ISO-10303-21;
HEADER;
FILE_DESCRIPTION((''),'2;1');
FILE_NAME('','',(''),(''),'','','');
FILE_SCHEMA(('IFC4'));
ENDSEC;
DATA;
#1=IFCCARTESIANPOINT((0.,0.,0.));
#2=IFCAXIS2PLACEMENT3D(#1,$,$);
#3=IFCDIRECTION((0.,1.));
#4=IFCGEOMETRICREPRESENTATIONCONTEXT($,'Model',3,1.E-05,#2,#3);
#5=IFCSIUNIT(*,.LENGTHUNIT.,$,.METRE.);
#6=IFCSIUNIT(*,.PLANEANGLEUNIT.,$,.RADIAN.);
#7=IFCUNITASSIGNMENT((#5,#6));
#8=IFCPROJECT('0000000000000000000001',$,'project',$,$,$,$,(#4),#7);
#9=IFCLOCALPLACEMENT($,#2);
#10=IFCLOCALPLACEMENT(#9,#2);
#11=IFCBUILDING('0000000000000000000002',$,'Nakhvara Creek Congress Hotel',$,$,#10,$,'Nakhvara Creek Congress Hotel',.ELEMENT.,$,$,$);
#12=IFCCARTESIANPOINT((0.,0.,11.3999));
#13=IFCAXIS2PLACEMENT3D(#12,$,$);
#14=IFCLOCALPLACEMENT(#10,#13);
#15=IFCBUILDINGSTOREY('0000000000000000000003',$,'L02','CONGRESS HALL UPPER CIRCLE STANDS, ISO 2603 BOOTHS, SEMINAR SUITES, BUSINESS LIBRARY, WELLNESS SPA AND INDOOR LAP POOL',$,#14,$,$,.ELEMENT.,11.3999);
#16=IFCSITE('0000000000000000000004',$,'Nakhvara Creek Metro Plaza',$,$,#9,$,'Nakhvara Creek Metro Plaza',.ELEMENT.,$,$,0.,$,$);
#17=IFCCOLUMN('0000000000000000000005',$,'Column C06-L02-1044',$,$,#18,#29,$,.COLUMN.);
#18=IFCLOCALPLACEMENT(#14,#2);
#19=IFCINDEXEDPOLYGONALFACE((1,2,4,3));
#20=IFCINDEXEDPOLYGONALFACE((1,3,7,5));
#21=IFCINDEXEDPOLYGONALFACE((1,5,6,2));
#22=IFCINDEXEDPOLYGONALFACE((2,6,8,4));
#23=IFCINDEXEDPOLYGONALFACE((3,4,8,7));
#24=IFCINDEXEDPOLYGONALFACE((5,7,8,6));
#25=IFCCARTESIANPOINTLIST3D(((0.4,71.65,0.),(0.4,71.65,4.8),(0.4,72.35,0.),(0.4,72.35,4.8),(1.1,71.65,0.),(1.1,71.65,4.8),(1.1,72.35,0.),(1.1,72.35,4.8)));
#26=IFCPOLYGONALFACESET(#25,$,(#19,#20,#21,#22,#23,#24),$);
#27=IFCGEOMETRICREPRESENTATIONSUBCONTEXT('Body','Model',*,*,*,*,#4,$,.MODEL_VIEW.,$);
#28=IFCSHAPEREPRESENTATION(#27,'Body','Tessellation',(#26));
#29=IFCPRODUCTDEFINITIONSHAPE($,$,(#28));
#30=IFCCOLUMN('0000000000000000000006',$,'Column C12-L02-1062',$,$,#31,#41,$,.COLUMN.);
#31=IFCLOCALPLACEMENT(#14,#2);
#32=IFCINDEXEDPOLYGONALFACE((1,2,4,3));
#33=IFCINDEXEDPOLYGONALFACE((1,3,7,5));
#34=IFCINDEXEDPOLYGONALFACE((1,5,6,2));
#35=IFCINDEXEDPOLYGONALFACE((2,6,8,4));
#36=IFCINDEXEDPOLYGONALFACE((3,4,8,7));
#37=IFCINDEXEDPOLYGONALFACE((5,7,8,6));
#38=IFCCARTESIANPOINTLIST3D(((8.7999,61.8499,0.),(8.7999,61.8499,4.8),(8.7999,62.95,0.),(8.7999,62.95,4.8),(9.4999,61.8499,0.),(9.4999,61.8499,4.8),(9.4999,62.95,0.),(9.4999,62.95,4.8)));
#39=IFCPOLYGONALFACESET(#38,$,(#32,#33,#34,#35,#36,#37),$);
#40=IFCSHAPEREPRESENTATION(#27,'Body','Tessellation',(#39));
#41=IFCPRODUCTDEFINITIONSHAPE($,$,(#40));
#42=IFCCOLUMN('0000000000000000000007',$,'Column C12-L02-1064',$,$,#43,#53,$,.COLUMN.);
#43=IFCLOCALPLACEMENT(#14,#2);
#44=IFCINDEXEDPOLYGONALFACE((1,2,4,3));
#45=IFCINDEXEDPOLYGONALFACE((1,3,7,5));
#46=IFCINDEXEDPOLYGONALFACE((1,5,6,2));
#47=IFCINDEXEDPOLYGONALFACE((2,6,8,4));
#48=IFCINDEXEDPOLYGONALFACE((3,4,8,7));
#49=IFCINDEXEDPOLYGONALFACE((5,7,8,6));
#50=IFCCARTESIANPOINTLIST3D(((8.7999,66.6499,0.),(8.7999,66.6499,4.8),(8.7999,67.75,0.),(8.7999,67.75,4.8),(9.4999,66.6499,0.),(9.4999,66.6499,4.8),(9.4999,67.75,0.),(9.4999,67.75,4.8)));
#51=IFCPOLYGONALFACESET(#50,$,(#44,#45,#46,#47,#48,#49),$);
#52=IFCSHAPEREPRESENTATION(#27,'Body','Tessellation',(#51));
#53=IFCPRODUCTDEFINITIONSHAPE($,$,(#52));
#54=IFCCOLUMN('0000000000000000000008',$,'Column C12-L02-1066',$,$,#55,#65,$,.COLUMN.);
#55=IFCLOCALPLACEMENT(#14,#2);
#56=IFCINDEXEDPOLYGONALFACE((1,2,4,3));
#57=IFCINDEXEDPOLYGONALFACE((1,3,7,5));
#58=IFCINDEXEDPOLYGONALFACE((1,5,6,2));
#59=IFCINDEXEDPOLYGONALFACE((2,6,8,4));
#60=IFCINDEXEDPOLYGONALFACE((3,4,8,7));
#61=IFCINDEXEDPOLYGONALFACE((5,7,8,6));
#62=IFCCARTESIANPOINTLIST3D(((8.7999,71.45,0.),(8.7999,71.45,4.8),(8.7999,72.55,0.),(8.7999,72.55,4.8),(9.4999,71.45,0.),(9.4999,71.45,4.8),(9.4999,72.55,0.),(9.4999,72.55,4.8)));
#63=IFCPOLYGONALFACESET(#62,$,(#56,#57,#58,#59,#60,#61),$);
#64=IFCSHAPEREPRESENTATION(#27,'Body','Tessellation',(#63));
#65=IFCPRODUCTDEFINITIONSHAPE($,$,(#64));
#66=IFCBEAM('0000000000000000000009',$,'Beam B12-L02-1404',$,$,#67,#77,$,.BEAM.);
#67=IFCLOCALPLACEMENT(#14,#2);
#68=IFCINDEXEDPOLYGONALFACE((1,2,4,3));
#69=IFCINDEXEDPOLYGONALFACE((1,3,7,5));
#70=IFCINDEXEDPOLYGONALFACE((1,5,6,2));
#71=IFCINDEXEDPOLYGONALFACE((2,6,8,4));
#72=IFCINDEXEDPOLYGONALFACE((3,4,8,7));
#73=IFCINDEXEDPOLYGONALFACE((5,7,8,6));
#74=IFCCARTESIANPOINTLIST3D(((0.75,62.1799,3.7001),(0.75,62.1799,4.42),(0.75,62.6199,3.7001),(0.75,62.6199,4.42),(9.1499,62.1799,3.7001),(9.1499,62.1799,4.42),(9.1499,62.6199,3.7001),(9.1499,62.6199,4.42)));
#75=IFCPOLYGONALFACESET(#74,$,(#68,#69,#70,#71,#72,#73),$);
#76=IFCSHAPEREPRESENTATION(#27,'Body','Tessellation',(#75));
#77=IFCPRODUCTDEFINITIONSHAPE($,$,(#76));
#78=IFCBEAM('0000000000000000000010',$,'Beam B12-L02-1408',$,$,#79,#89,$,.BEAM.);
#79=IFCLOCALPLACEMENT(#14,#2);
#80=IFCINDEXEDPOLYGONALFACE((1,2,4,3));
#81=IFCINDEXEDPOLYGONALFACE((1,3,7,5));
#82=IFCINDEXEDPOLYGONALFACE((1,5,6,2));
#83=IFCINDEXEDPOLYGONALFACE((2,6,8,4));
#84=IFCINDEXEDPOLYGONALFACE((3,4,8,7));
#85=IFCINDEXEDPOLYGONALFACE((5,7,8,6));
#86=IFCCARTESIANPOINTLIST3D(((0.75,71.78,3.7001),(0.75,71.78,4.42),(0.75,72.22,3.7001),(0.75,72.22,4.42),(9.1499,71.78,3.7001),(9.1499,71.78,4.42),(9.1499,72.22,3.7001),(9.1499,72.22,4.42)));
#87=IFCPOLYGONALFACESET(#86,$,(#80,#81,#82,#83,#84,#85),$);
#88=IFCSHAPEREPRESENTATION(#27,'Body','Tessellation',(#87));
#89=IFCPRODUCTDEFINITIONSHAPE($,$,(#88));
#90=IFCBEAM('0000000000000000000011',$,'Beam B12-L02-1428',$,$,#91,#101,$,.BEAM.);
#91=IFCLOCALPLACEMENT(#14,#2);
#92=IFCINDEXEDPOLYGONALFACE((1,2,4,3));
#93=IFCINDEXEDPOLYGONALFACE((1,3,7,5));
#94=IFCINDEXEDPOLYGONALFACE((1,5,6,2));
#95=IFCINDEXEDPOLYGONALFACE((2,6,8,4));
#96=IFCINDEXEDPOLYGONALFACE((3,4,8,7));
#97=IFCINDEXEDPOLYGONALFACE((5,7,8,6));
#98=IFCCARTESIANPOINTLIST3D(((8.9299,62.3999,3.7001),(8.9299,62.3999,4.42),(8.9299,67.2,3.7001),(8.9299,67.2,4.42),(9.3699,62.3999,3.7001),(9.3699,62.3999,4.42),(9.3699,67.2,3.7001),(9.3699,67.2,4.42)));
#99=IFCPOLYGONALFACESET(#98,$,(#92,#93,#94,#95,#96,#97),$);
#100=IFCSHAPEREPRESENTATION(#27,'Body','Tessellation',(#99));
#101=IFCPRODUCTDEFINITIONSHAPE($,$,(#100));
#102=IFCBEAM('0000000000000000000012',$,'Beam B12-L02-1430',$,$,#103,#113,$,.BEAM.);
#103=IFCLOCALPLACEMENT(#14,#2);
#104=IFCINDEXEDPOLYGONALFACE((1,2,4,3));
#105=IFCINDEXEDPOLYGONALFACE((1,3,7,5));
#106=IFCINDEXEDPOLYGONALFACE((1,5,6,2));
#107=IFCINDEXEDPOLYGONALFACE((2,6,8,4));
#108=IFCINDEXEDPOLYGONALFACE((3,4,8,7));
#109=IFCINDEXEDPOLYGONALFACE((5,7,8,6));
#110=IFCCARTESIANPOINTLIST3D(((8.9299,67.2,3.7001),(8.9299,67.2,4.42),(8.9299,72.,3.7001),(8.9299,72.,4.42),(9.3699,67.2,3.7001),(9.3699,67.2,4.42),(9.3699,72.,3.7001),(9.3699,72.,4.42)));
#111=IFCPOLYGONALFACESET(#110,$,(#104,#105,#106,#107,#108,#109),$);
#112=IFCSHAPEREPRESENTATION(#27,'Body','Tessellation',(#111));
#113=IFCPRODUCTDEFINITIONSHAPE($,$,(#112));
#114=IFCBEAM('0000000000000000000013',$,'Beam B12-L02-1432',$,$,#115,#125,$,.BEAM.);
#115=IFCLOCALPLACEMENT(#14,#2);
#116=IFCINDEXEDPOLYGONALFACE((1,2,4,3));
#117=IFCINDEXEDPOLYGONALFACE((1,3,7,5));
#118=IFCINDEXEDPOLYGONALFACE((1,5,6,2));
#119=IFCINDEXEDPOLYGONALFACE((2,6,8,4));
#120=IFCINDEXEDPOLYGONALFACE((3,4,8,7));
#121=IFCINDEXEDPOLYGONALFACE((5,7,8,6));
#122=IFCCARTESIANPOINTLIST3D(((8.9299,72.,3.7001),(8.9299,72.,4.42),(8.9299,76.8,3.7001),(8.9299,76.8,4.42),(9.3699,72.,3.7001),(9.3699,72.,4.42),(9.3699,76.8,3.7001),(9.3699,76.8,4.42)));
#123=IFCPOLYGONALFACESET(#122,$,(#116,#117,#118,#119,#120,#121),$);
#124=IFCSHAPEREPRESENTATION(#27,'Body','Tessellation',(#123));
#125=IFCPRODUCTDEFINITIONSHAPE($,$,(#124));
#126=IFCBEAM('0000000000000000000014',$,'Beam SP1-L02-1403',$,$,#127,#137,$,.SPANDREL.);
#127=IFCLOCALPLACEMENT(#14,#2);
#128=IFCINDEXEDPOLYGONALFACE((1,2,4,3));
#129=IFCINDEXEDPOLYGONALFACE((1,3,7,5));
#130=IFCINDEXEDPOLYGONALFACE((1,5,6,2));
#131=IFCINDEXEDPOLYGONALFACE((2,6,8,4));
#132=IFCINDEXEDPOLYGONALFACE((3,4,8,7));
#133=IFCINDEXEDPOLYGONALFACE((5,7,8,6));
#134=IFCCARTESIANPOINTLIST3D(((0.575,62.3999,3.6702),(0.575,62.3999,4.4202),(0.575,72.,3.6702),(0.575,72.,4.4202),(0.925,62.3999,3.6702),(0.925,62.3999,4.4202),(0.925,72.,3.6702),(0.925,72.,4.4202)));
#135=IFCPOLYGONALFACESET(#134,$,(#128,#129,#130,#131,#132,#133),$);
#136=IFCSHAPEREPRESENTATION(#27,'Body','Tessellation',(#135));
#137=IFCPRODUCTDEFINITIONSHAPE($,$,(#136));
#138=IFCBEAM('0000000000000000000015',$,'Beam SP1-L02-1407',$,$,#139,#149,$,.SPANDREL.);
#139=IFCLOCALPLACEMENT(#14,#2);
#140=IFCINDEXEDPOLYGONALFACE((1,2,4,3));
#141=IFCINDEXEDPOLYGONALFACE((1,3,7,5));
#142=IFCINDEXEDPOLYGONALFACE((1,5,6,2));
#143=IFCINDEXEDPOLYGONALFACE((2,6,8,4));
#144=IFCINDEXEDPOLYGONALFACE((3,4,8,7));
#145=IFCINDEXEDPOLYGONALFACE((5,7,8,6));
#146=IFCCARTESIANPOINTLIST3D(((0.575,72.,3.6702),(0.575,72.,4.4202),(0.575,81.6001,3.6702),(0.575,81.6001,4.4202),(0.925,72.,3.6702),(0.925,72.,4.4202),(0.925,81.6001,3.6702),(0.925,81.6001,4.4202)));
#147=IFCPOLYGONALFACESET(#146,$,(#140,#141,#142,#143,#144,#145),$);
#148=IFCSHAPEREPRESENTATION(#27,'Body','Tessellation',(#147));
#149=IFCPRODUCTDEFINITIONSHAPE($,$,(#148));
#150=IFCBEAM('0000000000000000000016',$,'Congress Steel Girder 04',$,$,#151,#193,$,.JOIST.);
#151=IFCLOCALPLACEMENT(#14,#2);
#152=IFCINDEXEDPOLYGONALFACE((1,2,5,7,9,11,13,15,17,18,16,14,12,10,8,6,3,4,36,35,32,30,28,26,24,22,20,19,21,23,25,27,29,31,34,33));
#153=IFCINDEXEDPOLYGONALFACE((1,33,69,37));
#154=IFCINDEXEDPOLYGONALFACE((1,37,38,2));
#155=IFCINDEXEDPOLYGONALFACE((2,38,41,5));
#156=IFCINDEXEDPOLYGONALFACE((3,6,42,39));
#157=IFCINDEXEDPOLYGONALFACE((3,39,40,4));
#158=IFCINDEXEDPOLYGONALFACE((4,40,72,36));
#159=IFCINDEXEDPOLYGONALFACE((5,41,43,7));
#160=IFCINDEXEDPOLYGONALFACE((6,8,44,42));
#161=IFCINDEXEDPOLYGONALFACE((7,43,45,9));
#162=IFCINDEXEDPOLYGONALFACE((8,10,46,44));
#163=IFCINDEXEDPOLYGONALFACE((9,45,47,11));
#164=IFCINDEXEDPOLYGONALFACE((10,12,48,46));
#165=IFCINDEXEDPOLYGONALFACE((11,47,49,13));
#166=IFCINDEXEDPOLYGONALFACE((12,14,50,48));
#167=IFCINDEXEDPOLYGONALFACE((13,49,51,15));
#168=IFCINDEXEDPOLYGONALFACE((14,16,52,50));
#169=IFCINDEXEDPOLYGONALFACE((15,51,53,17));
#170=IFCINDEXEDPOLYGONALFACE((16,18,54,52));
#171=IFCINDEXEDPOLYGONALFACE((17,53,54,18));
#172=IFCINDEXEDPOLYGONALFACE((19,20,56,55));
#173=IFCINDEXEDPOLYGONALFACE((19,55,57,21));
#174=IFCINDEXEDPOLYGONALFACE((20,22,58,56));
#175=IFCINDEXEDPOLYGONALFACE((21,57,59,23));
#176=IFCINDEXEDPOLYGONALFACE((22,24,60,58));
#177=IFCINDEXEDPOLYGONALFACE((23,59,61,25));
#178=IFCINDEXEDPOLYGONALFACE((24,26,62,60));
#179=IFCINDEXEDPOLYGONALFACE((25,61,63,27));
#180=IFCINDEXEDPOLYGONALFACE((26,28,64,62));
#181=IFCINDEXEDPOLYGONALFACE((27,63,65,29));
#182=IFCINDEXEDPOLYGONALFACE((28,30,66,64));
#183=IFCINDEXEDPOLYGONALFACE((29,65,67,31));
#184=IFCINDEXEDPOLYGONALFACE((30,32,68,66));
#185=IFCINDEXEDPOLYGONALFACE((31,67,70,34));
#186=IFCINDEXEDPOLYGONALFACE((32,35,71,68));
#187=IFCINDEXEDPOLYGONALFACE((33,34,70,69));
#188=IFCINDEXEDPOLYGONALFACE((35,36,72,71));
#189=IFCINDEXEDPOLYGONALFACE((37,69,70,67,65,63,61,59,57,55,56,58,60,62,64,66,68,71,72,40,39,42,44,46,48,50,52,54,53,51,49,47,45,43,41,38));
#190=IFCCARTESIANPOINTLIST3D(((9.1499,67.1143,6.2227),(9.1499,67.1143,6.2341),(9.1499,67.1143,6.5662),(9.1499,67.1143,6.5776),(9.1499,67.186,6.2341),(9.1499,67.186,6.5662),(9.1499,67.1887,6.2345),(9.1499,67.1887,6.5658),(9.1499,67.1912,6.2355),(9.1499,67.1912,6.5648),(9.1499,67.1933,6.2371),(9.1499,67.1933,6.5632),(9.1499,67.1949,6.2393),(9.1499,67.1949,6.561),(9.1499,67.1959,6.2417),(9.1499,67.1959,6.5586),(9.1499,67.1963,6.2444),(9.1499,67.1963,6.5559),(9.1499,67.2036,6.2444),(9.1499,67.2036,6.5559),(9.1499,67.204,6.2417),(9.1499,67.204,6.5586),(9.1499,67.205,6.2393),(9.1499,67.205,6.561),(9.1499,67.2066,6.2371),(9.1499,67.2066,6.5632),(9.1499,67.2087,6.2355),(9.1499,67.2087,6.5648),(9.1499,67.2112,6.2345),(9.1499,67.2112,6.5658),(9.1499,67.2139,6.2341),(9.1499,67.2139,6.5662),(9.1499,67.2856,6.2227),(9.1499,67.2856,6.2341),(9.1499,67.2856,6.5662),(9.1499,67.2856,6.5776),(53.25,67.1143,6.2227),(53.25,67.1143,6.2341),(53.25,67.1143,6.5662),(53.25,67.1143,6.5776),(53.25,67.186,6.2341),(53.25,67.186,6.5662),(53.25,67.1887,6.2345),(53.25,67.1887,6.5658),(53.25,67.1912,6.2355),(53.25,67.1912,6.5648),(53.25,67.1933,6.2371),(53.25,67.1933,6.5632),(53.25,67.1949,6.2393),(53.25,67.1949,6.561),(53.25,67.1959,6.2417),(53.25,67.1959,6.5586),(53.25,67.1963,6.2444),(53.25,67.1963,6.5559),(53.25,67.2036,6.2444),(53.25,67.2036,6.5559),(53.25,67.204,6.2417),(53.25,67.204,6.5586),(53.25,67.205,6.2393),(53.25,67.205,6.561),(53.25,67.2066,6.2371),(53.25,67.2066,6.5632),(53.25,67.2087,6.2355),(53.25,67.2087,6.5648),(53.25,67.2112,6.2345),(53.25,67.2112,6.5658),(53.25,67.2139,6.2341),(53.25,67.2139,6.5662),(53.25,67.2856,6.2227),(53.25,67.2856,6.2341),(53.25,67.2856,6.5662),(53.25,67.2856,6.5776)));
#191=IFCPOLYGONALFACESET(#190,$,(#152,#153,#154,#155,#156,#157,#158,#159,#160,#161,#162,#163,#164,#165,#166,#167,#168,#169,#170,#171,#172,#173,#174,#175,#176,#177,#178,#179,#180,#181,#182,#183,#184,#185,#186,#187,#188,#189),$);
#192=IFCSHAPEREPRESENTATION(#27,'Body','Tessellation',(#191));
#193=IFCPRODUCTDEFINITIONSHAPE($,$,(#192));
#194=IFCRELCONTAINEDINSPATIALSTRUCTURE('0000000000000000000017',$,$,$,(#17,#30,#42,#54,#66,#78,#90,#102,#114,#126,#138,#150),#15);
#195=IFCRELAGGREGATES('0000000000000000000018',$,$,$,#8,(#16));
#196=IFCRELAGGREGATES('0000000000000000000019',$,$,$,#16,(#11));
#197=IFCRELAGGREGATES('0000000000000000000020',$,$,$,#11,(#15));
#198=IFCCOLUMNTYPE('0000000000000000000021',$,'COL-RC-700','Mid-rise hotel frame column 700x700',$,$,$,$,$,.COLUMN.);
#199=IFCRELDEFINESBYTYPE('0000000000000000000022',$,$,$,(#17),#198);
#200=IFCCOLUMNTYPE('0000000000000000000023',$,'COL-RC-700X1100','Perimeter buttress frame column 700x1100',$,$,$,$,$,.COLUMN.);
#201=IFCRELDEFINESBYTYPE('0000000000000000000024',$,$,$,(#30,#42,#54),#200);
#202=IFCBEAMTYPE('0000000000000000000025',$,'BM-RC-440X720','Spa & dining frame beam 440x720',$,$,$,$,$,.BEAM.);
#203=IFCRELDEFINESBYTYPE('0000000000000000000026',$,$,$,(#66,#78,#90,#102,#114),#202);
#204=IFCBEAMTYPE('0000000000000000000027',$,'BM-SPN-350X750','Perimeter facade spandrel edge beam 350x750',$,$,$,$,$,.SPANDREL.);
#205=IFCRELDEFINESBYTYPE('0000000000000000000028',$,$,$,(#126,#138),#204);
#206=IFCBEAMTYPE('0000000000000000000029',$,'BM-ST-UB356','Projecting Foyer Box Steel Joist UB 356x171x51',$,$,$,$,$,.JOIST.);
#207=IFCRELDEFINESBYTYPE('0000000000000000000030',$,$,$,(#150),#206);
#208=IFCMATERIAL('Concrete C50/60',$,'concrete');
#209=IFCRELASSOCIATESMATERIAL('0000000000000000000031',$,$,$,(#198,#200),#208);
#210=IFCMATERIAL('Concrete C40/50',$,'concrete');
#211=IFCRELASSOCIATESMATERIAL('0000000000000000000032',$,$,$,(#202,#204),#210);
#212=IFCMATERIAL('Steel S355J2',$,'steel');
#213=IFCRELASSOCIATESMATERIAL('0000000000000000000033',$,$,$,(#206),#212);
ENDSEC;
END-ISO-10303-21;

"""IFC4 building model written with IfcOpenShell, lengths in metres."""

from ifc_helpers import new_model, si_unit, direction, frame, origin, origin_2d, place, context, subcontext, project, spatial, rectangle, i_section, extrude, material, material_profile, profile_set, type_object, element, save


model = new_model("IFC4")

# Units and contexts
model_context = context("Model", 3, precision=1e-05, world=origin(), true_north=direction((0.0, 1.0)))
body_context = subcontext(model_context, "Body", "Model", "MODEL_VIEW")
ifc_project = project(units=[si_unit("LENGTHUNIT", "METRE"), si_unit("PLANEANGLEUNIT", "RADIAN")], contexts=[model_context])

# Site, building, storey
site_placement = place(None, origin())
site = spatial("IfcSite", under=ifc_project, at=site_placement, Name="Nakhvara Creek Metro Plaza", LongName="Nakhvara Creek Metro Plaza", CompositionType="ELEMENT", RefElevation=0.0)
building_placement = place(site_placement, origin())
building = spatial("IfcBuilding", under=site, at=building_placement, Name="Nakhvara Creek Congress Hotel", LongName="Nakhvara Creek Congress Hotel", CompositionType="ELEMENT")
storey_placement = place(building_placement, frame((0.0, 0.0, 11.3999)))
storey = spatial("IfcBuildingStorey", under=building, at=storey_placement, Name="L02", Description="CONGRESS HALL UPPER CIRCLE STANDS, ISO 2603 BOOTHS, SEMINAR SUITES, BUSINESS LIBRARY, WELLNESS SPA AND INDOOR LAP POOL", CompositionType="ELEMENT", Elevation=11.3999)

# Columns
ifc_material_1 = material(Name="Concrete C50/60", Category="concrete")
ifc_material_profile_1 = material_profile(ifc_material_1, rectangle(XDim=0.7, YDim=0.7, at=origin_2d()), Name="RC-COL 700x700", Category="LoadBearing")
ifc_profile_set_1 = profile_set([ifc_material_profile_1], Name="Concrete C50/60")
column_type_1 = type_object("IfcColumnType", Name="COL-RC-700", Description="Mid-rise hotel frame column 700x700", PredefinedType="COLUMN", material=ifc_profile_set_1)
column_placement = place(storey_placement, frame((0.75, 72.0, 0.0), z_axis=(0.0, 0.0, 1.0), x_axis=(1.0, 0.0, 0.0)))
element("IfcColumn", 1, at=column_placement, inside=storey, type_object=column_type_1, Name="Column C06-L02-1044", PredefinedType="COLUMN", context=body_context, shape_type="SweptSolid", body=[
    extrude(rectangle(XDim=0.7, YDim=0.7, at=origin_2d()), origin(), (0.0, 0.0, 1.0), 4.8),
])
ifc_material_profile_2 = material_profile(ifc_material_1, rectangle(XDim=0.7, YDim=1.1001, at=origin_2d()), Name="RC-COL 700x1100", Category="LoadBearing")
ifc_profile_set_2 = profile_set([ifc_material_profile_2], Name="Concrete C50/60")
column_type_2 = type_object("IfcColumnType", Name="COL-RC-700X1100", Description="Perimeter buttress frame column 700x1100", PredefinedType="COLUMN", material=ifc_profile_set_2)
for number, where, z_axis, x_axis, name in (
    (2, (9.1499, 62.3999, 0.0), (0.0, 0.0, 1.0), (1.0, 0.0, 0.0), "Column C12-L02-1062"),
    (3, (9.1499, 67.2, 0.0), (0.0, 0.0, 1.0), (1.0, 0.0, 0.0), "Column C12-L02-1064"),
    (4, (9.1499, 72.0, 0.0), (0.0, 0.0, 1.0), (1.0, 0.0, 0.0), "Column C12-L02-1066"),
):
    element("IfcColumn", number, at=place(storey_placement, frame(where, z_axis=z_axis, x_axis=x_axis)), inside=storey, type_object=column_type_2, Name=name, PredefinedType="COLUMN", context=body_context, shape_type="SweptSolid", body=[
        extrude(rectangle(XDim=0.7, YDim=1.1001, at=origin_2d()), origin(), (0.0, 0.0, 1.0), 4.8),
    ])

# Beams
ifc_material_2 = material(Name="Concrete C40/50", Category="concrete")
ifc_material_profile_3 = material_profile(ifc_material_2, rectangle(XDim=0.4399, YDim=0.72, at=origin_2d()), Name="RC-BM 440x720", Category="LoadBearing")
ifc_profile_set_3 = profile_set([ifc_material_profile_3], Name="Concrete C40/50")
beam_type_1 = type_object("IfcBeamType", Name="BM-RC-440X720", Description="Spa & dining frame beam 440x720", PredefinedType="BEAM", material=ifc_profile_set_3)
for number, where, z_axis, x_axis, name in (
    (5, (0.75, 62.3999, 4.0601), (1.0, 0.0, 0.0), (0.0, 1.0, 0.0), "Beam B12-L02-1404"),
    (6, (0.75, 72.0, 4.0601), (1.0, 0.0, 0.0), (0.0, 1.0, 0.0), "Beam B12-L02-1408"),
):
    element("IfcBeam", number, at=place(storey_placement, frame(where, z_axis=z_axis, x_axis=x_axis)), inside=storey, type_object=beam_type_1, Name=name, PredefinedType="BEAM", context=body_context, shape_type="SweptSolid", body=[
        extrude(rectangle(XDim=0.4399, YDim=0.72, at=origin_2d()), origin(), (0.0, 0.0, 1.0), 8.3999),
    ])
for number, where, z_axis, x_axis, name in (
    (7, (9.1499, 62.3999, 4.0601), (0.0, 1.0, 0.0), (-1.0, 0.0, 0.0), "Beam B12-L02-1428"),
    (8, (9.1499, 67.2, 4.0601), (0.0, 1.0, 0.0), (-1.0, 0.0, 0.0), "Beam B12-L02-1430"),
    (9, (9.1499, 72.0, 4.0601), (0.0, 1.0, 0.0), (-1.0, 0.0, 0.0), "Beam B12-L02-1432"),
):
    element("IfcBeam", number, at=place(storey_placement, frame(where, z_axis=z_axis, x_axis=x_axis)), inside=storey, type_object=beam_type_1, Name=name, PredefinedType="BEAM", context=body_context, shape_type="SweptSolid", body=[
        extrude(rectangle(XDim=0.4399, YDim=0.72, at=origin_2d()), origin(), (0.0, 0.0, 1.0), 4.8),
    ])
ifc_material_profile_4 = material_profile(ifc_material_2, rectangle(XDim=0.3501, YDim=0.75, at=origin_2d()), Name="RC-SPANDREL 350x750", Category="LoadBearing")
ifc_profile_set_4 = profile_set([ifc_material_profile_4], Name="Concrete C40/50")
beam_type_2 = type_object("IfcBeamType", Name="BM-SPN-350X750", Description="Perimeter facade spandrel edge beam 350x750", PredefinedType="SPANDREL", material=ifc_profile_set_4)
for number, where, z_axis, x_axis, name in (
    (10, (0.75, 62.3999, 4.0452), (0.0, 1.0, 0.0), (-1.0, 0.0, 0.0), "Beam SP1-L02-1403"),
    (11, (0.75, 72.0, 4.0452), (0.0, 1.0, 0.0), (-1.0, 0.0, 0.0), "Beam SP1-L02-1407"),
):
    element("IfcBeam", number, at=place(storey_placement, frame(where, z_axis=z_axis, x_axis=x_axis)), inside=storey, type_object=beam_type_2, Name=name, PredefinedType="SPANDREL", context=body_context, shape_type="SweptSolid", body=[
        extrude(rectangle(XDim=0.3501, YDim=0.75, at=origin_2d()), origin(), (0.0, 0.0, 1.0), 9.6001),
    ])
ifc_material_3 = material(Name="Steel S355J2", Category="steel")
ifc_material_profile_5 = material_profile(ifc_material_3, i_section(OverallWidth=0.1714, OverallDepth=0.355, WebThickness=0.0073, FlangeThickness=0.0115, FilletRadius=0.0103, at=origin_2d()), Name="UB 356x171x51", Category="LoadBearing")
ifc_profile_set_5 = profile_set([ifc_material_profile_5], Name="Steel S355J2")
beam_type_3 = type_object("IfcBeamType", Name="BM-ST-UB356", Description="Projecting Foyer Box Steel Joist UB 356x171x51", PredefinedType="JOIST", material=ifc_profile_set_5)
beam_placement = place(storey_placement, frame((9.1499, 67.2, 6.4001), z_axis=(1.0, 0.0, 0.0), x_axis=(0.0, 1.0, 0.0)))
element("IfcBeam", 12, at=beam_placement, inside=storey, type_object=beam_type_3, Name="Congress Steel Girder 04", PredefinedType="JOIST", context=body_context, shape_type="SweptSolid", body=[
    extrude(i_section(OverallWidth=0.1714, OverallDepth=0.355, WebThickness=0.0073, FlangeThickness=0.0115, FilletRadius=0.0103, at=origin_2d()), origin(), (0.0, 0.0, 1.0), 44.1001),
])

save(model, "model.ifc")
